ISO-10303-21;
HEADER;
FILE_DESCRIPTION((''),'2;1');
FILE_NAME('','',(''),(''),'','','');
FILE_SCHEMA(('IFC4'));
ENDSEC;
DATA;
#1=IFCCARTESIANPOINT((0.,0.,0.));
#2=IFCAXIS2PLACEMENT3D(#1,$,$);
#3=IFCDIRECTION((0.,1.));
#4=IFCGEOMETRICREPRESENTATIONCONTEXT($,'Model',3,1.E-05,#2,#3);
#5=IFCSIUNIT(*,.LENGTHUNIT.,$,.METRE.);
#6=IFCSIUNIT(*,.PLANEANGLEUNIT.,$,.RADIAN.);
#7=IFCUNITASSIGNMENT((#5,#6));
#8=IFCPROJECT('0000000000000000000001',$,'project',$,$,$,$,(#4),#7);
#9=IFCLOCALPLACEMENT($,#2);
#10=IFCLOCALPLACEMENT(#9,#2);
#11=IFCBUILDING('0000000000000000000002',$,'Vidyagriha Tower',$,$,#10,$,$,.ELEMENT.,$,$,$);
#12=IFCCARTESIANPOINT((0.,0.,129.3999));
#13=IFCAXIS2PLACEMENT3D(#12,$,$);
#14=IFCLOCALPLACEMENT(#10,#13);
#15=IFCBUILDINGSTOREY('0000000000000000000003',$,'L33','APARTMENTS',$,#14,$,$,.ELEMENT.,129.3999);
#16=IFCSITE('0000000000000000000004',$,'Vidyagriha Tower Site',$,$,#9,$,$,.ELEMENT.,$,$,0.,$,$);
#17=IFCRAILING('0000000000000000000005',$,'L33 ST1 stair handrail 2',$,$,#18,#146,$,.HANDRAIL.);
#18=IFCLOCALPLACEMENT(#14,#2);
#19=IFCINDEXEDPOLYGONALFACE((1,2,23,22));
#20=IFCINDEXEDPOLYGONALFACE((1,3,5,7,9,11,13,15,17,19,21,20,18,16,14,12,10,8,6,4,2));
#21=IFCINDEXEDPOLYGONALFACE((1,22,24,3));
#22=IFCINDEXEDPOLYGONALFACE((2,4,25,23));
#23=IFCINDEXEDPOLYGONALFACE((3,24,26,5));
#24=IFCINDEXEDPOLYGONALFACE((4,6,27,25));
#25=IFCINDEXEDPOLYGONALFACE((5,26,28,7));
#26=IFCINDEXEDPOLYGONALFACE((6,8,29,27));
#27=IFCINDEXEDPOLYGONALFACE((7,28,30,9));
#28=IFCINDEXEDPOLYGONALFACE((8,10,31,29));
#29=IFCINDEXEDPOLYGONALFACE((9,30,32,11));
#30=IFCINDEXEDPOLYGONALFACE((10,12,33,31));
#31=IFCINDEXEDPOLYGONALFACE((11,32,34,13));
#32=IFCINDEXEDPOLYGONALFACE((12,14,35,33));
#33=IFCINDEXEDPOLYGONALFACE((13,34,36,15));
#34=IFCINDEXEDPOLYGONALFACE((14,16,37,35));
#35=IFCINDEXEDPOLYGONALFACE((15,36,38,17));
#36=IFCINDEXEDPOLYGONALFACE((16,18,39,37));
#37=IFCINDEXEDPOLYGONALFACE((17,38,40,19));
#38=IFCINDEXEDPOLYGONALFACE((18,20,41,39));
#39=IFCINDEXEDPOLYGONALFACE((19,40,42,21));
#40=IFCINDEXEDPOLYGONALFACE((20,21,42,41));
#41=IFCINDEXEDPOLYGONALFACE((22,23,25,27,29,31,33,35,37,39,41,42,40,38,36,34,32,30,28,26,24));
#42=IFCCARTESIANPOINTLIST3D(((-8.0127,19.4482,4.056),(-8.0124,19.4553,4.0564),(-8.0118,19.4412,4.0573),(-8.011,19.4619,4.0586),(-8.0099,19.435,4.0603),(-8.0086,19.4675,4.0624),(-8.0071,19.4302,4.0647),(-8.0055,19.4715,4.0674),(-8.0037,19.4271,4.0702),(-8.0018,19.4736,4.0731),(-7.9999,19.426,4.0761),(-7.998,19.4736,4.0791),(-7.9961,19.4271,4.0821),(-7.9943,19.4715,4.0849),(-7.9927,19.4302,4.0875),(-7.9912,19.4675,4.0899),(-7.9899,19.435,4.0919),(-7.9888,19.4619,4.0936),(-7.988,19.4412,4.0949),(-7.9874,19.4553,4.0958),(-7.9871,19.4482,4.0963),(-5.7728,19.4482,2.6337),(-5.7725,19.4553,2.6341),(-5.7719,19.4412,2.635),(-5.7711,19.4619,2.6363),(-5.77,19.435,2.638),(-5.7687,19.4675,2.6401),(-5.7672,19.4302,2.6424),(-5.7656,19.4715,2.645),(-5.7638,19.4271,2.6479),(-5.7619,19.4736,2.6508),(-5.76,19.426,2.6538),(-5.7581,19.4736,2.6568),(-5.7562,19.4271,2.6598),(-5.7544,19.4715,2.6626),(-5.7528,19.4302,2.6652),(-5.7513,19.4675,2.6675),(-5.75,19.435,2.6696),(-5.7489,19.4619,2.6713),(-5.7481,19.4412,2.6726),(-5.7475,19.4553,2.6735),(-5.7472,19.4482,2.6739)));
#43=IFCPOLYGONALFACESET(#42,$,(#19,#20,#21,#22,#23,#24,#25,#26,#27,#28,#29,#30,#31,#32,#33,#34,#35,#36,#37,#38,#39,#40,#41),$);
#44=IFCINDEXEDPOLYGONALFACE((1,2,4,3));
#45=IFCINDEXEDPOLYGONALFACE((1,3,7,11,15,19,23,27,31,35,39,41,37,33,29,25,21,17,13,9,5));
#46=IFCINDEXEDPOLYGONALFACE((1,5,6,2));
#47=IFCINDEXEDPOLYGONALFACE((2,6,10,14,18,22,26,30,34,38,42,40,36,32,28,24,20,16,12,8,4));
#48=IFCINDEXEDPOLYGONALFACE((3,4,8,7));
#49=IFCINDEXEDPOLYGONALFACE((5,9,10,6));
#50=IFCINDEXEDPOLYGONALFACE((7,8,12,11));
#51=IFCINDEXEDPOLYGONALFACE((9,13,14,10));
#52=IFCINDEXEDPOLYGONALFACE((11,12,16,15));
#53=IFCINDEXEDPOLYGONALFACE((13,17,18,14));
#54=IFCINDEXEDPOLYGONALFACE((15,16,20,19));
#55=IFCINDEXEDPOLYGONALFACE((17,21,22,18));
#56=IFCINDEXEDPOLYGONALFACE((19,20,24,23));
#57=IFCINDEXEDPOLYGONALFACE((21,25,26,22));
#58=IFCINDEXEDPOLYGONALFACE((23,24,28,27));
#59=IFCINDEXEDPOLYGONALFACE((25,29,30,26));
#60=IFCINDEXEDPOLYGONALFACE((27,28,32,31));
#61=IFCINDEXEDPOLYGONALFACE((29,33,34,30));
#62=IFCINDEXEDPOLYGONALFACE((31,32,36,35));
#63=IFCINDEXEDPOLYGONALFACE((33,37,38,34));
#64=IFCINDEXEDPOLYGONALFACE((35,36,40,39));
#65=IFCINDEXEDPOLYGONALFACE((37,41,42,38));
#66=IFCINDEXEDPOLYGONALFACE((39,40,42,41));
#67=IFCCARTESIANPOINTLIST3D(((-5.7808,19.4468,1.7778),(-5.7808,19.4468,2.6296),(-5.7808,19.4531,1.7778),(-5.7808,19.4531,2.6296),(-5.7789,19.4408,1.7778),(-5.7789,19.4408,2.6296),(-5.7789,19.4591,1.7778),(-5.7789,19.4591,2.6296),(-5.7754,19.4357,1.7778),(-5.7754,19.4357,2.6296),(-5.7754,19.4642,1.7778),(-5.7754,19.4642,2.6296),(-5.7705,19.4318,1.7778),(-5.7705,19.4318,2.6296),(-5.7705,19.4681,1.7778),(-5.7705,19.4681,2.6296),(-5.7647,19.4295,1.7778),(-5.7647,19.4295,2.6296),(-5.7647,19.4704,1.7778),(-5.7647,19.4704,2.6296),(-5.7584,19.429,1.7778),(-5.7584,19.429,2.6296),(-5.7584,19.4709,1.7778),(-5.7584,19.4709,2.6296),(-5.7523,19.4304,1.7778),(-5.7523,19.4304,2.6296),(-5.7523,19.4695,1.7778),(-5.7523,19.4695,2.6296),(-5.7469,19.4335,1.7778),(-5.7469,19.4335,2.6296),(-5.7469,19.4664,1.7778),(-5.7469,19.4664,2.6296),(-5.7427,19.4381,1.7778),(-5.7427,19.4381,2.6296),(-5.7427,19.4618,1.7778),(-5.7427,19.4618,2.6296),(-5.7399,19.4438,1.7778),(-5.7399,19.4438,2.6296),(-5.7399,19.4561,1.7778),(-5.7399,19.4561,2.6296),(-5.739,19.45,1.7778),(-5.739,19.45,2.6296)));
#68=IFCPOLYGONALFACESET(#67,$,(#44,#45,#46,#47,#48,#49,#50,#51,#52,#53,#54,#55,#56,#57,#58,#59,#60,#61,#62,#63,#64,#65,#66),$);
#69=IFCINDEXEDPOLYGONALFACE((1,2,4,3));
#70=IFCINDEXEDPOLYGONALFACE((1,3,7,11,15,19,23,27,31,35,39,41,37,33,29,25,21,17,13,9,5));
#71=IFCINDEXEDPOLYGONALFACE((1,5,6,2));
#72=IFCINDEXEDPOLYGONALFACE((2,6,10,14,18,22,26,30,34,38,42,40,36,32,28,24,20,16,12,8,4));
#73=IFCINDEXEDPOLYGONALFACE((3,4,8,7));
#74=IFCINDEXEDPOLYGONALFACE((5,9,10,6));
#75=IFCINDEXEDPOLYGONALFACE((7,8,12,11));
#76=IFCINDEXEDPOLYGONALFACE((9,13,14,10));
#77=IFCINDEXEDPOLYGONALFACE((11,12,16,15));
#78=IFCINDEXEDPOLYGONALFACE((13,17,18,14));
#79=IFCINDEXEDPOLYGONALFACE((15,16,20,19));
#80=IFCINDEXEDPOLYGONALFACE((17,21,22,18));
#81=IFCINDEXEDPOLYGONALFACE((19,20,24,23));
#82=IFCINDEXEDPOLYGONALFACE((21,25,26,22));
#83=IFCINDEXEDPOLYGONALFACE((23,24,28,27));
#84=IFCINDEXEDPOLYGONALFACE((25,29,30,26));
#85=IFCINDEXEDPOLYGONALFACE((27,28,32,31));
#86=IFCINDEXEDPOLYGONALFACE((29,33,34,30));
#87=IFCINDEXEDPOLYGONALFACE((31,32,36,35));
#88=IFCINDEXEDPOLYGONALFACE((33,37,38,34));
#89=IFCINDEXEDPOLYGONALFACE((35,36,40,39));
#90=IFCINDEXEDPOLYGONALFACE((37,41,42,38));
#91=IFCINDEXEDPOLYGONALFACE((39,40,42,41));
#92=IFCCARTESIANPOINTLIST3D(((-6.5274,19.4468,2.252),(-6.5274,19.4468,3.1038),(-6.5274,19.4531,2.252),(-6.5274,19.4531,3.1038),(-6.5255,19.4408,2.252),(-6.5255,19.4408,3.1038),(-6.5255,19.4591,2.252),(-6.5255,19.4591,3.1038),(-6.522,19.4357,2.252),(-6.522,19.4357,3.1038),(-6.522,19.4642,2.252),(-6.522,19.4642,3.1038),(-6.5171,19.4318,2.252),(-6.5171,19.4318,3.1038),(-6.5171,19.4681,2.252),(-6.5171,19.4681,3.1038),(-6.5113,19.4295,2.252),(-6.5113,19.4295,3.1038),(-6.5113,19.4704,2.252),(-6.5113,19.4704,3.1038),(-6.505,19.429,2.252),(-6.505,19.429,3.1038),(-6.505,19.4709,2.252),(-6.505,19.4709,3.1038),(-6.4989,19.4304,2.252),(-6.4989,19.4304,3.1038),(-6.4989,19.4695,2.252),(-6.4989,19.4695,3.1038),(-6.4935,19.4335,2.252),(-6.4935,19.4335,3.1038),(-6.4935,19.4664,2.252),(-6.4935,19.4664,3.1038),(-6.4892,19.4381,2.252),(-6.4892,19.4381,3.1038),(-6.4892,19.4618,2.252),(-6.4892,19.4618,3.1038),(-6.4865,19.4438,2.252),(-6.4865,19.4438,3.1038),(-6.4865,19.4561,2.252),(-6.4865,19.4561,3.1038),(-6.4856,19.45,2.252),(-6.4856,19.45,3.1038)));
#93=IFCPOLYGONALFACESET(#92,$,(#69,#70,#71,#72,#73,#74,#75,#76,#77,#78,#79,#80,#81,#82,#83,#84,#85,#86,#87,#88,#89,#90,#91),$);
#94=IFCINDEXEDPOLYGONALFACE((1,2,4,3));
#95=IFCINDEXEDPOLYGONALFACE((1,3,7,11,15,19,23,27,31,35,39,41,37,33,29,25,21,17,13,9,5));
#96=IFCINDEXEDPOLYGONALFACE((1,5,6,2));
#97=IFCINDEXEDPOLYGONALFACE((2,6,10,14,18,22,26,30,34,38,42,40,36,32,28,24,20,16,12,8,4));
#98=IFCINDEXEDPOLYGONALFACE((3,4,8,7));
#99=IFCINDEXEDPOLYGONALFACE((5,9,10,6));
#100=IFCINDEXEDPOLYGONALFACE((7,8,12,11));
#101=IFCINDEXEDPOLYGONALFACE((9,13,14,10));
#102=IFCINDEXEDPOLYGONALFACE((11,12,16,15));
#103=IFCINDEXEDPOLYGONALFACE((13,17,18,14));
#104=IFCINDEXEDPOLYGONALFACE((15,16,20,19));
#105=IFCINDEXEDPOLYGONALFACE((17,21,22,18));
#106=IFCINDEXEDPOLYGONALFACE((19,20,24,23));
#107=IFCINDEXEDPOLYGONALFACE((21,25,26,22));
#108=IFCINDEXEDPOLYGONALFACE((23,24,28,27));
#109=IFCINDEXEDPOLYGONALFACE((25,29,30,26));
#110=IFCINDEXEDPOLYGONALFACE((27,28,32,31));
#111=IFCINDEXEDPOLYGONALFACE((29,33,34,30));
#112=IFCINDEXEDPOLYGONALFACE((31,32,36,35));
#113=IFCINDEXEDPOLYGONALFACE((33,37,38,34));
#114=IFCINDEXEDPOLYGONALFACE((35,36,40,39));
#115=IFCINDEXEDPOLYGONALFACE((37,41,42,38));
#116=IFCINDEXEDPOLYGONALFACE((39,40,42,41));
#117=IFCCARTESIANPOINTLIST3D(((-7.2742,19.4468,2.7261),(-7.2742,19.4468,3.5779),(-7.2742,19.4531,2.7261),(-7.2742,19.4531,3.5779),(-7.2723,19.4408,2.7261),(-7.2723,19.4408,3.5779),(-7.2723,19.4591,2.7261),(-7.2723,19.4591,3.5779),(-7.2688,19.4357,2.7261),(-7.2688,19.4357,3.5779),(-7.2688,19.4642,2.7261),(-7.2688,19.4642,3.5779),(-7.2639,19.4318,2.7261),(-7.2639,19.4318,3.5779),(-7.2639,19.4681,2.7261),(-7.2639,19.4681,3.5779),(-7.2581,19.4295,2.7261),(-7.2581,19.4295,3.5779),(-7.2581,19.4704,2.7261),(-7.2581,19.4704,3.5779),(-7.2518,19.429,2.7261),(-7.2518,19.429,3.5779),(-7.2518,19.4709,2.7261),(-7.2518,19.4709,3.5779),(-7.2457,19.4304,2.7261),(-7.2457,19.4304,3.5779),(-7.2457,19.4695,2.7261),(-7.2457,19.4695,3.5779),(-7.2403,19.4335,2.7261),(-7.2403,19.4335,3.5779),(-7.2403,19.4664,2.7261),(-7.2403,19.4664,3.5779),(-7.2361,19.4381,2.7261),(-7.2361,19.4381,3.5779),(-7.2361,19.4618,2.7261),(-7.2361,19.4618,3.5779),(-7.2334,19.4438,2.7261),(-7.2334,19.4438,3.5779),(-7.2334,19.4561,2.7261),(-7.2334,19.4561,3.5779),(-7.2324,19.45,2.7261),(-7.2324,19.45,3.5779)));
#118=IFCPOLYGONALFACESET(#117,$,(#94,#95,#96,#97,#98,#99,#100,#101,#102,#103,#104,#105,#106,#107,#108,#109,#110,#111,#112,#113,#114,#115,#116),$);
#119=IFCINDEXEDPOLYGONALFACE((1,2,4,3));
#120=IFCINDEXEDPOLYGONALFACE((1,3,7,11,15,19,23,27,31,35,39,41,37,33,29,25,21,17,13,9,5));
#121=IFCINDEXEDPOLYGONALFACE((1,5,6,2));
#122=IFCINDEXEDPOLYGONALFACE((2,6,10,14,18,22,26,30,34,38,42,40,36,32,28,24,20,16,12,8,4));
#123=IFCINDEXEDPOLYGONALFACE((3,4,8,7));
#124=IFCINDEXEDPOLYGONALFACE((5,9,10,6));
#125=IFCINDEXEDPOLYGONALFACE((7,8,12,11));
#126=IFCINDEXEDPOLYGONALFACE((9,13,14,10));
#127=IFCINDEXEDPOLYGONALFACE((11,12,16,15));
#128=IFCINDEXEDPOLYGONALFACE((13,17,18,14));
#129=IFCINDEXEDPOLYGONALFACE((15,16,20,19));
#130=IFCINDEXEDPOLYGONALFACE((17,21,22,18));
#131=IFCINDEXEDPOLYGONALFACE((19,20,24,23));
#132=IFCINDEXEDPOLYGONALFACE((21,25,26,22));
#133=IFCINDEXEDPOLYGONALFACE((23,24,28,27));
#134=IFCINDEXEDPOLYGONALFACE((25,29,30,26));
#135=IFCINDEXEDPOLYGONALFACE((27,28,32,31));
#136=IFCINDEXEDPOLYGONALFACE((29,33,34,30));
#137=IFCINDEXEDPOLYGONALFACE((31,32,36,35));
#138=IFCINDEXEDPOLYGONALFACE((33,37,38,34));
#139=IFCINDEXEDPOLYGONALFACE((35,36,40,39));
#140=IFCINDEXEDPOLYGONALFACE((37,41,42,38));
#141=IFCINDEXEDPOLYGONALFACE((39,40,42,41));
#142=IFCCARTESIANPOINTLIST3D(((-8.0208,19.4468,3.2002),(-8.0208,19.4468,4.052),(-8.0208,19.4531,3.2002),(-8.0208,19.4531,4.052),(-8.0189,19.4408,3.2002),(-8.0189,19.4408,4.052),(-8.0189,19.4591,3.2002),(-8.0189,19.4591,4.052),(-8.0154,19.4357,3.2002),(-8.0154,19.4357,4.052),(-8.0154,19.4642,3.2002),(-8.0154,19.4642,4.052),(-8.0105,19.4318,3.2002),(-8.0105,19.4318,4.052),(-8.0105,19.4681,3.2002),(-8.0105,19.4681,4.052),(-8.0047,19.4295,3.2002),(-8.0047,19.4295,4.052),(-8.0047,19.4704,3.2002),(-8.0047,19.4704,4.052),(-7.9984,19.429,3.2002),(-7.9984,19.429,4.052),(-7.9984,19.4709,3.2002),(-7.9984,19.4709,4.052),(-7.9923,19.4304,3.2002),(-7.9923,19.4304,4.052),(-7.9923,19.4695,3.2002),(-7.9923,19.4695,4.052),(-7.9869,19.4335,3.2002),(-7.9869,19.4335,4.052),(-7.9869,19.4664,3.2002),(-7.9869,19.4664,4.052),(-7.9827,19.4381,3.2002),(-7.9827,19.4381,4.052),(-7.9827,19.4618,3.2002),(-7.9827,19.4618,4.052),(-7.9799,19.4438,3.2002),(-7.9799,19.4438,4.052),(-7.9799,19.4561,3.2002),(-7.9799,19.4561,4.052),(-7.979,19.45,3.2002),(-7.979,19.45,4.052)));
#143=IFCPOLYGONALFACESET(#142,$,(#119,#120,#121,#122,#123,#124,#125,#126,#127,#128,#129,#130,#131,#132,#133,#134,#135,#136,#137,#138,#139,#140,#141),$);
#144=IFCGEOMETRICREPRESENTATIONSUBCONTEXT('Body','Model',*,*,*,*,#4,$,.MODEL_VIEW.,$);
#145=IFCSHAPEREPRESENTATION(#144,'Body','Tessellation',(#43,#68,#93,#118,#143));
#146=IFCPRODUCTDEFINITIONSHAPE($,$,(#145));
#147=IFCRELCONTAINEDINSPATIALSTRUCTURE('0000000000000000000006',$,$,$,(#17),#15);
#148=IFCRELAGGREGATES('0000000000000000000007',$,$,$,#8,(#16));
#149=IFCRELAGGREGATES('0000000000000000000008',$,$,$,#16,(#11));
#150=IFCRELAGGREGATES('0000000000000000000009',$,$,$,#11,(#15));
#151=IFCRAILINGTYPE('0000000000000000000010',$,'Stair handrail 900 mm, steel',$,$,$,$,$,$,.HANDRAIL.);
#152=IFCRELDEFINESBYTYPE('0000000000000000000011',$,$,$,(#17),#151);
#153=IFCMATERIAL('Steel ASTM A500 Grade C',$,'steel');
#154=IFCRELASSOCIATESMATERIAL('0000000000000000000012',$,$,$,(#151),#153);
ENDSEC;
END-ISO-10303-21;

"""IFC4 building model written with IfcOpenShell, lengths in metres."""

from ifc_helpers import new_model, si_unit, direction, frame, origin, origin_2d, place, context, subcontext, project, spatial, circle, extrude, material, type_object, element, save


model = new_model("IFC4")

# Units and contexts
model_context = context("Model", 3, precision=1e-05, world=origin(), true_north=direction((0.0, 1.0)))
body_context = subcontext(model_context, "Body", "Model", "MODEL_VIEW")
ifc_project = project(units=[si_unit("LENGTHUNIT", "METRE"), si_unit("PLANEANGLEUNIT", "RADIAN")], contexts=[model_context])

# Site, building, storey
site_placement = place(None, origin())
site = spatial("IfcSite", under=ifc_project, at=site_placement, Name="Vidyagriha Tower Site", CompositionType="ELEMENT", RefElevation=0.0)
building_placement = place(site_placement, origin())
building = spatial("IfcBuilding", under=site, at=building_placement, Name="Vidyagriha Tower", CompositionType="ELEMENT")
storey_placement = place(building_placement, frame((0.0, 0.0, 129.3999)))
storey = spatial("IfcBuildingStorey", under=building, at=storey_placement, Name="L33", Description="APARTMENTS", CompositionType="ELEMENT", Elevation=129.3999)

# Railing
ifc_material_1 = material(Name="Steel ASTM A500 Grade C", Category="steel")
railing_type_1 = type_object("IfcRailingType", Name="Stair handrail 900 mm, steel", PredefinedType="HANDRAIL", material=ifc_material_1)
railing_1_placement = place(storey_placement, frame((-5.76, 19.45, 1.7778)))
element("IfcRailing", 1, at=railing_1_placement, inside=storey, type_object=railing_type_1, Name="L33 ST1 stair handrail 2", PredefinedType="HANDRAIL", context=body_context, shape_type="SweptSolid", body=[
    extrude(circle(Radius=0.0239, at=origin_2d()), frame((0.0, 0.0, 0.876), z_axis=(-0.844188, 0.0, 0.536048), x_axis=(0.0, -1.0, 0.0)), (0.0, 0.0, 1.0), 2.6533),
    extrude(circle(Radius=0.021, at=origin_2d()), origin(), (0.0, 0.0, 1.0), 0.8518),
    extrude(circle(Radius=0.021, at=origin_2d()), frame((-0.7466, 0.0, 0.4741)), (0.0, 0.0, 1.0), 0.8518),
    extrude(circle(Radius=0.021, at=origin_2d()), frame((-1.4934, 0.0, 0.9482)), (0.0, 0.0, 1.0), 0.8518),
    extrude(circle(Radius=0.021, at=origin_2d()), frame((-2.24, 0.0, 1.4224)), (0.0, 0.0, 1.0), 0.8518),
])

save(model, "model.ifc")
